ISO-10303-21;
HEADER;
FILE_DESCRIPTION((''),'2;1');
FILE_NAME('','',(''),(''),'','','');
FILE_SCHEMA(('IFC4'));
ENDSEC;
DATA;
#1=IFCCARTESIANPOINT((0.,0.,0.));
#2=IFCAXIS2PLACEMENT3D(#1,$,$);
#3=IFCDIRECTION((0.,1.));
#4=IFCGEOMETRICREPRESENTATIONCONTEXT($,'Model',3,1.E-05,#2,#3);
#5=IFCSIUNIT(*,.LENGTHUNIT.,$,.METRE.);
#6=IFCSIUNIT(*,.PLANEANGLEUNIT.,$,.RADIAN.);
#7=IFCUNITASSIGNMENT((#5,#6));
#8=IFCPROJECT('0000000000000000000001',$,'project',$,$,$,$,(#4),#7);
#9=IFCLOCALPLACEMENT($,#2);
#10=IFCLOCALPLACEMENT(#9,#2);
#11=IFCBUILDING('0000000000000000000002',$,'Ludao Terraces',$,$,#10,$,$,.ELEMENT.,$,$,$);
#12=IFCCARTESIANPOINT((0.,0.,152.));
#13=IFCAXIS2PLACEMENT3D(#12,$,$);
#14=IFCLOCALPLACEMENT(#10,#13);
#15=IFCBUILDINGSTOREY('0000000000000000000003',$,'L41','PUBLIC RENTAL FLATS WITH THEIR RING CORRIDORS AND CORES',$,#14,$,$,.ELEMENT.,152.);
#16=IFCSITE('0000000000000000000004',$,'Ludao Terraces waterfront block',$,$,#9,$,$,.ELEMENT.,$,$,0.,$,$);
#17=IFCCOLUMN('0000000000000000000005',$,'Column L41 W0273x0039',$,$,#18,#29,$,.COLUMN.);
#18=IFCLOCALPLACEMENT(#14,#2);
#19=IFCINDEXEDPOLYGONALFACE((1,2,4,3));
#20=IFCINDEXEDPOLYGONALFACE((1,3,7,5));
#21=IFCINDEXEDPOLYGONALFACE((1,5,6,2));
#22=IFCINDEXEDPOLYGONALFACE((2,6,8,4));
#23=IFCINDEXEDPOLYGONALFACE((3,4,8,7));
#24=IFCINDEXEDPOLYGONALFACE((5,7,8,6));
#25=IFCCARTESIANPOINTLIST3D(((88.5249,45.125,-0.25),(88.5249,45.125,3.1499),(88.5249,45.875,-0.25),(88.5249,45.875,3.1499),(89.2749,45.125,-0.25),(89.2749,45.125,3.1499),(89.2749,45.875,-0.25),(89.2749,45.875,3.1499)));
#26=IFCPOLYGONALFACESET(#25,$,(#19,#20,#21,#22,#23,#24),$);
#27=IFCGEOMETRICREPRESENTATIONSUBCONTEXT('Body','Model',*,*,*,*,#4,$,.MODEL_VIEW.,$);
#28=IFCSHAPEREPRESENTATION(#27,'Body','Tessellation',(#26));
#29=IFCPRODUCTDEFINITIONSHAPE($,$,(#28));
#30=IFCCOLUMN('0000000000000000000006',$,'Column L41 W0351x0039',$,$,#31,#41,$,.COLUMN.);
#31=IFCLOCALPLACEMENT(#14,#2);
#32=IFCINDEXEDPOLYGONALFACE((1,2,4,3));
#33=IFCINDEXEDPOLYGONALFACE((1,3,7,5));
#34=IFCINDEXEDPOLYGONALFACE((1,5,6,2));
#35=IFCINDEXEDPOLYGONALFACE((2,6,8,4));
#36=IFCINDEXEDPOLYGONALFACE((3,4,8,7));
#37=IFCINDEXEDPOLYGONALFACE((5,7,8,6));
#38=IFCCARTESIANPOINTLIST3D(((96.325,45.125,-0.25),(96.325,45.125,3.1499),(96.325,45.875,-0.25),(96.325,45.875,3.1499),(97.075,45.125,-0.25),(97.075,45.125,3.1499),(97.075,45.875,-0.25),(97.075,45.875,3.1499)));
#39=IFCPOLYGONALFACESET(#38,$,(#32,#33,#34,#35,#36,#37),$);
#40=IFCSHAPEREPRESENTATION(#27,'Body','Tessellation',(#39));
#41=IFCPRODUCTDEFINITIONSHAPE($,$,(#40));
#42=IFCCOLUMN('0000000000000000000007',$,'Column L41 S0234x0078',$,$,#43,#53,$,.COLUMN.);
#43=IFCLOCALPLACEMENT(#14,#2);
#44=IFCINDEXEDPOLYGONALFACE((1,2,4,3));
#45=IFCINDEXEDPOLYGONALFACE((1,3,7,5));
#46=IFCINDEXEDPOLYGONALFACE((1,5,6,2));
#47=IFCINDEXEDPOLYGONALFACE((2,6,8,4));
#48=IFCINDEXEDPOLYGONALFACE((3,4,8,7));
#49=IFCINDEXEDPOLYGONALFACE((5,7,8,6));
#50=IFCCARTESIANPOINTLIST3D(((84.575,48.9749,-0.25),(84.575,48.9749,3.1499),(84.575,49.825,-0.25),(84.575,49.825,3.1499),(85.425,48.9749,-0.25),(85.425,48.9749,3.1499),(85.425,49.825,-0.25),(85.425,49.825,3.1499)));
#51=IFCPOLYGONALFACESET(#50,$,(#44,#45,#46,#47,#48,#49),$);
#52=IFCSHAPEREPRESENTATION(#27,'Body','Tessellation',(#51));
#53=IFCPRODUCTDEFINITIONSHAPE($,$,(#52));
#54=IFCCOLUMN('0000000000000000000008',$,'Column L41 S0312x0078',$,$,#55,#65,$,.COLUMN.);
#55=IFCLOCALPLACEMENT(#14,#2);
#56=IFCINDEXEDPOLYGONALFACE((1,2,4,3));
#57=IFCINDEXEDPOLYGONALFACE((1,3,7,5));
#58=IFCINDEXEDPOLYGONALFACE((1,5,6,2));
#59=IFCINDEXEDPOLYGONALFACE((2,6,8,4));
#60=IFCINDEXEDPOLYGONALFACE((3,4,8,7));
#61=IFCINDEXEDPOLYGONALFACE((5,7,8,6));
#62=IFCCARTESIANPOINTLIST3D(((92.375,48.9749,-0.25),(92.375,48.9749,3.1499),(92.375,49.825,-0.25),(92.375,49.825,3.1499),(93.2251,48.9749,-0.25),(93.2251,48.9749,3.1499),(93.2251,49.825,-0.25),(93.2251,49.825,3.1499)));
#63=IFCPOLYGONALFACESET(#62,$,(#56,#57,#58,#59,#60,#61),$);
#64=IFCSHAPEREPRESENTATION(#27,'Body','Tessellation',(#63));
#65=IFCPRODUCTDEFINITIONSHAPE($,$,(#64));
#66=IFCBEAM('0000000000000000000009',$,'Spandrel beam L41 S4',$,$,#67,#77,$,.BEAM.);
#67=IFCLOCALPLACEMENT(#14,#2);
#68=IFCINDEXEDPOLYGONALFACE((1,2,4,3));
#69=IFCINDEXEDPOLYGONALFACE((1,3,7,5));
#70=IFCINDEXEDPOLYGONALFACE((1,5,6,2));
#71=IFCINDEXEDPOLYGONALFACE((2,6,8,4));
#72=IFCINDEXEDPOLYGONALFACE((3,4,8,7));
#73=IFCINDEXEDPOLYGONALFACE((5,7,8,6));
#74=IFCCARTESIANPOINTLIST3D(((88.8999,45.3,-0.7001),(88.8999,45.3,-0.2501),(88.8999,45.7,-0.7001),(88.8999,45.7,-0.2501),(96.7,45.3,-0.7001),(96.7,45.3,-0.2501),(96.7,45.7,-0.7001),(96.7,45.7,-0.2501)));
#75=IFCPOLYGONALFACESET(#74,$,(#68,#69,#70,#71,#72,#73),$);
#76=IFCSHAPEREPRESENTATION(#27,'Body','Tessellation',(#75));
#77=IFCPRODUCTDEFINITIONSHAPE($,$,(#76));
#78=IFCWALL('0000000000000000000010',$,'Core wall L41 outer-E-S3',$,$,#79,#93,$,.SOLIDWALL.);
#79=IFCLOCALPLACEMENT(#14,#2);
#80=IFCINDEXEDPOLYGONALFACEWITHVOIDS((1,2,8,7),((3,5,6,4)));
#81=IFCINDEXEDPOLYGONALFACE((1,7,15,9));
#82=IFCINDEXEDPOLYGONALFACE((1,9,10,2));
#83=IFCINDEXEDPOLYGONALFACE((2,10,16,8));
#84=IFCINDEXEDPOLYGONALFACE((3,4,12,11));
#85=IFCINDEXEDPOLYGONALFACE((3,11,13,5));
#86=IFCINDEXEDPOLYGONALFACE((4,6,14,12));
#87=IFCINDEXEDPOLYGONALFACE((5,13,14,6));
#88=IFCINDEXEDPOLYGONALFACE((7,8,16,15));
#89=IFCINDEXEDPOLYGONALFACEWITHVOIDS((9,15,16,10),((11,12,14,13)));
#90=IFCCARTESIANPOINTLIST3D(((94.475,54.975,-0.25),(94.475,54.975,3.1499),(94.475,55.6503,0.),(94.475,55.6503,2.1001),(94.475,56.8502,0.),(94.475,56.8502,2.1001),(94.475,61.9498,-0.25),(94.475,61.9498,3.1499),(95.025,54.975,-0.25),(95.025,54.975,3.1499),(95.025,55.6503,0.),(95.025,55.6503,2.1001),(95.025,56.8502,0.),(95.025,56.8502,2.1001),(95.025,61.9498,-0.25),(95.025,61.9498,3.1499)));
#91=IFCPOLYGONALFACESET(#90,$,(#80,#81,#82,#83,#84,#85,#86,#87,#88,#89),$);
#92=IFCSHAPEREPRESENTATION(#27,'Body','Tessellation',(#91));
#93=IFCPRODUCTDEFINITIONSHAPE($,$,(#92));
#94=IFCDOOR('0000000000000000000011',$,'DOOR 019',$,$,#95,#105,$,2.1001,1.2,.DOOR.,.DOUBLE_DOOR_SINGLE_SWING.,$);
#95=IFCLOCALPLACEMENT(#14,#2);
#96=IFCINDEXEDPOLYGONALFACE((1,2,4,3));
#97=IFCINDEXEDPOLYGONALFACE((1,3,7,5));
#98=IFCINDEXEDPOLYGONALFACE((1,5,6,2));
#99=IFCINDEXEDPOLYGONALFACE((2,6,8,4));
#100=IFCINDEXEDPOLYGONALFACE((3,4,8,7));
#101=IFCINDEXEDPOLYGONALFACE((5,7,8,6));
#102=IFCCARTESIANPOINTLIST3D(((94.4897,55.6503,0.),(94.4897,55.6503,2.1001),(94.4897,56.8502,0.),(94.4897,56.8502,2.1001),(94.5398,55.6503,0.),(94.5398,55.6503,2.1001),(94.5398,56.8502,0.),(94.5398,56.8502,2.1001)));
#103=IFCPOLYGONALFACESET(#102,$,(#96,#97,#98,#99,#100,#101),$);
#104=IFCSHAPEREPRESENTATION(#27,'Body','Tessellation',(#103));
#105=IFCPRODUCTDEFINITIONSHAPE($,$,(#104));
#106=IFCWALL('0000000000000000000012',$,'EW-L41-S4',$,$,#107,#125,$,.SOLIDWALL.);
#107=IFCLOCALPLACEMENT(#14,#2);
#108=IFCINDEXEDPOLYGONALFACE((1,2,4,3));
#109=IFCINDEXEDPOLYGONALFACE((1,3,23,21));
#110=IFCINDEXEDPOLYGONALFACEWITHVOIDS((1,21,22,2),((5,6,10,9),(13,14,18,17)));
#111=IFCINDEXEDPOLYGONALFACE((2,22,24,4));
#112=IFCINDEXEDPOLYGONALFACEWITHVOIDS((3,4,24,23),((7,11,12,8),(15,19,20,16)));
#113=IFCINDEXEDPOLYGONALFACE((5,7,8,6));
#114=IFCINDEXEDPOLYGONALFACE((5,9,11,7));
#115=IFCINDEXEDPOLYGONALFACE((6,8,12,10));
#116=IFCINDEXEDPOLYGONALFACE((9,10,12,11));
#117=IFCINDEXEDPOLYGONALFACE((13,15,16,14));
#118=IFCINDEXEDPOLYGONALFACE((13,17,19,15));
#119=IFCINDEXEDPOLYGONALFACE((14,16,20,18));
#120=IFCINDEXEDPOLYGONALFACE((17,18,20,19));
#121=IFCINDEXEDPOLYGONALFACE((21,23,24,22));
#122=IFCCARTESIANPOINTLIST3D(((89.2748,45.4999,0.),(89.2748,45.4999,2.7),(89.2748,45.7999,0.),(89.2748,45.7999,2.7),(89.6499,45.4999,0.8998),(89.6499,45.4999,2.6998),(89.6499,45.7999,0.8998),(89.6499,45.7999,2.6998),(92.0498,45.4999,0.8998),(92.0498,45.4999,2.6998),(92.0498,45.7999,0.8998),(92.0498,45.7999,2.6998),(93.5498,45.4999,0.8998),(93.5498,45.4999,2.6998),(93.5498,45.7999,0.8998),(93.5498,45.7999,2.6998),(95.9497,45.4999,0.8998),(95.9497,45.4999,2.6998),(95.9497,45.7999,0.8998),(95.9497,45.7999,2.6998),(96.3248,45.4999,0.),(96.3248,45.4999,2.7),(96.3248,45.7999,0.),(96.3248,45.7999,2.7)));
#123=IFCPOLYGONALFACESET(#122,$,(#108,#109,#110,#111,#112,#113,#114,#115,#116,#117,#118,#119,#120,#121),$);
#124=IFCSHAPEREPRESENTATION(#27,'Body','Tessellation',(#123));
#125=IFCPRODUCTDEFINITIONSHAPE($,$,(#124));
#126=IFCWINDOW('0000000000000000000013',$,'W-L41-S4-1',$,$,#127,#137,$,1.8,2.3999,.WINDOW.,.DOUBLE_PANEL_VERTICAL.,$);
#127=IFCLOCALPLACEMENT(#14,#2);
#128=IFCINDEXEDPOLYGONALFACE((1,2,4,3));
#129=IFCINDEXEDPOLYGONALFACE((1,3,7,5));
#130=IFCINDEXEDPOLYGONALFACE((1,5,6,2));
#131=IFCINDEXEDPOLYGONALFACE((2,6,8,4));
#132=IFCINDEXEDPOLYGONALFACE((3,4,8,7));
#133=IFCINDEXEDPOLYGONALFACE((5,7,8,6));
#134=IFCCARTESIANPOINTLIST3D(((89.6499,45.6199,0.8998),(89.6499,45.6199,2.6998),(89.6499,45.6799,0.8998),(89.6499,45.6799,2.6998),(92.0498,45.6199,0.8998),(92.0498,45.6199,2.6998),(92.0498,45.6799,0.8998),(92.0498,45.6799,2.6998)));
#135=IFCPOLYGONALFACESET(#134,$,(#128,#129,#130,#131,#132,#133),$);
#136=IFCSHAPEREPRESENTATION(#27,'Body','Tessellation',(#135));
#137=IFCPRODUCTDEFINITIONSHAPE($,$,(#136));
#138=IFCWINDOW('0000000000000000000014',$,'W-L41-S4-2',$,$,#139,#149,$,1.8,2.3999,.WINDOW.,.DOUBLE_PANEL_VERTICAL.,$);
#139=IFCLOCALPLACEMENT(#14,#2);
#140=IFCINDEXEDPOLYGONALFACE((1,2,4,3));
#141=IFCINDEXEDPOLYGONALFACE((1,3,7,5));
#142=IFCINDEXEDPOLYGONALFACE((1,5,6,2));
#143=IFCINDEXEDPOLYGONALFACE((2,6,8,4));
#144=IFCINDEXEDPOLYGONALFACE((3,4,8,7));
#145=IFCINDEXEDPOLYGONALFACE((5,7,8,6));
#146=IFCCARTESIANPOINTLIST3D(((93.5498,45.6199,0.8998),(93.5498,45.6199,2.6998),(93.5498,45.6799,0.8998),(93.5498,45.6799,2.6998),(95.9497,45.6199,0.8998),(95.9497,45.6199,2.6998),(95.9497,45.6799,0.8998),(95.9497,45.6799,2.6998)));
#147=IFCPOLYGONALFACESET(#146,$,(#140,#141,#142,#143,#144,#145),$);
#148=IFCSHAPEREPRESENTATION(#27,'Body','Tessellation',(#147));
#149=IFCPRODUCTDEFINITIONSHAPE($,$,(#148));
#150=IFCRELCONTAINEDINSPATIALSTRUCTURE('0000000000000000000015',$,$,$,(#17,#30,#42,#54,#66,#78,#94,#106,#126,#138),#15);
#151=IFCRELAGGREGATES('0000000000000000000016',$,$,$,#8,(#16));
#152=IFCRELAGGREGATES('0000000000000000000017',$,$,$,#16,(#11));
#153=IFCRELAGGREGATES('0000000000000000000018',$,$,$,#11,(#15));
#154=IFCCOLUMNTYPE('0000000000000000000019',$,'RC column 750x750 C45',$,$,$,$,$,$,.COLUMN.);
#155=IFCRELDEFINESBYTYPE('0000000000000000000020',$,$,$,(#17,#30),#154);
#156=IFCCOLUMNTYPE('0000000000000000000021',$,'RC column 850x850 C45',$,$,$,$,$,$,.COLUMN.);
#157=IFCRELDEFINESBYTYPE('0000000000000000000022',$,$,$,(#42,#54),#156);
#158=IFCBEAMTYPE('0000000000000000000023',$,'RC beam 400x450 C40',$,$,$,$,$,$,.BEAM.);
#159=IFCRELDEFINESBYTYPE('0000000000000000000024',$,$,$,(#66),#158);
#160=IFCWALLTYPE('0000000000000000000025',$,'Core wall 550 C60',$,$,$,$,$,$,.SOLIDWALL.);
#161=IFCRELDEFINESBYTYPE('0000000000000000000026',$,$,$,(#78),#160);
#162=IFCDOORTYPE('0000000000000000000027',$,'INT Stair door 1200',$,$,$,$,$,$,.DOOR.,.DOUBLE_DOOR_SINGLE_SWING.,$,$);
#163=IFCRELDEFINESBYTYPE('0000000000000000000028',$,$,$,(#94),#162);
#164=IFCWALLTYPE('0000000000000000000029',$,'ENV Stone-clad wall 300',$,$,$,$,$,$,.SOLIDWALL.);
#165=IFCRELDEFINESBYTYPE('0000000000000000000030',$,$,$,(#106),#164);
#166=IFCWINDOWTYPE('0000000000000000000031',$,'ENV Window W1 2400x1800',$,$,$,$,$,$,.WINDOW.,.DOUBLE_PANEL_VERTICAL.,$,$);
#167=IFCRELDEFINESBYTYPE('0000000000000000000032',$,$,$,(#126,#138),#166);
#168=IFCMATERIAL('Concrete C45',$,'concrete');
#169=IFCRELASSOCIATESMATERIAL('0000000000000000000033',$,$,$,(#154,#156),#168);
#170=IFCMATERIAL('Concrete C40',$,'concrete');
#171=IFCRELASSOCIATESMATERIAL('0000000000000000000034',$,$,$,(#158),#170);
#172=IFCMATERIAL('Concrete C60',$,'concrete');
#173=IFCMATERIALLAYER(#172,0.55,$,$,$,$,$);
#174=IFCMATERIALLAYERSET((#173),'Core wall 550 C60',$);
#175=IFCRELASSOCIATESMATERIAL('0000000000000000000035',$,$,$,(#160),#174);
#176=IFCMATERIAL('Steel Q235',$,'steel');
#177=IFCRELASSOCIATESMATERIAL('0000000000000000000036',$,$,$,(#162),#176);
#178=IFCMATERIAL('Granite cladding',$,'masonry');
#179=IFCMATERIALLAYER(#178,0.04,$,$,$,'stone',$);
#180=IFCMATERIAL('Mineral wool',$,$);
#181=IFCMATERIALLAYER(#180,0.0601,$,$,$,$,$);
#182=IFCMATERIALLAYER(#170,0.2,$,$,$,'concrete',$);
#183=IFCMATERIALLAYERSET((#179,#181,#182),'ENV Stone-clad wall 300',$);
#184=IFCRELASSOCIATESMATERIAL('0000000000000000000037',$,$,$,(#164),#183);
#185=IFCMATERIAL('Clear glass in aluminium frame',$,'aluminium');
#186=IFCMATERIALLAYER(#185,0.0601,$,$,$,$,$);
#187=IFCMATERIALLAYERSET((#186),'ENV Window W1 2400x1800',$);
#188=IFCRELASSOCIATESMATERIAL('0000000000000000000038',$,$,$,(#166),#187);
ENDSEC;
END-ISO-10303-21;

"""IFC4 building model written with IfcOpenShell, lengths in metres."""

from ifc_helpers import new_model, si_unit, direction, frame, frame_2d, origin, origin_2d, place, context, subcontext, project, spatial, rectangle, extrude, material, layer, layer_set, material_profile, profile_set, type_object, element, fill, save


model = new_model("IFC4")

# Units and contexts
model_context = context("Model", 3, precision=1e-05, world=origin(), true_north=direction((0.0, 1.0)))
body_context = subcontext(model_context, "Body", "Model", "MODEL_VIEW")
ifc_project = project(units=[si_unit("LENGTHUNIT", "METRE"), si_unit("PLANEANGLEUNIT", "RADIAN")], contexts=[model_context])

# Site, building, storey
site_placement = place(None, origin())
site = spatial("IfcSite", under=ifc_project, at=site_placement, Name="Ludao Terraces waterfront block", CompositionType="ELEMENT", RefElevation=0.0)
building_placement = place(site_placement, origin())
building = spatial("IfcBuilding", under=site, at=building_placement, Name="Ludao Terraces", CompositionType="ELEMENT")
storey_placement = place(building_placement, frame((0.0, 0.0, 152.0)))
storey = spatial("IfcBuildingStorey", under=building, at=storey_placement, Name="L41", Description="PUBLIC RENTAL FLATS WITH THEIR RING CORRIDORS AND CORES", CompositionType="ELEMENT", Elevation=152.0)

# Columns
ifc_material_1 = material(Name="Concrete C45", Category="concrete")
ifc_material_profile_1 = material_profile(ifc_material_1, rectangle(XDim=0.75, YDim=0.75, at=origin_2d()), Name="750 X 750")
ifc_profile_set_1 = profile_set([ifc_material_profile_1], Name="Concrete C45")
column_type_1 = type_object("IfcColumnType", Name="RC column 750x750 C45", PredefinedType="COLUMN", material=ifc_profile_set_1)
for number, where, z_axis, x_axis, name in (
    (1, (88.8999, 45.5, -0.25), (0.0, 0.0, 1.0), (1.0, 0.0, 0.0), "Column L41 W0273x0039"),
    (2, (96.7, 45.5, -0.25), (0.0, 0.0, 1.0), (1.0, 0.0, 0.0), "Column L41 W0351x0039"),
):
    element("IfcColumn", number, at=place(storey_placement, frame(where, z_axis=z_axis, x_axis=x_axis)), inside=storey, type_object=column_type_1, Name=name, PredefinedType="COLUMN", context=body_context, shape_type="SweptSolid", body=[
        extrude(rectangle(XDim=0.75, YDim=0.75, at=origin_2d()), origin(), (0.0, 0.0, 1.0), 3.3999),
    ])
ifc_material_profile_2 = material_profile(ifc_material_1, rectangle(XDim=0.8501, YDim=0.8501, at=origin_2d()), Name="850 X 850")
ifc_profile_set_2 = profile_set([ifc_material_profile_2], Name="Concrete C45")
column_type_2 = type_object("IfcColumnType", Name="RC column 850x850 C45", PredefinedType="COLUMN", material=ifc_profile_set_2)
for number, where, z_axis, x_axis, name in (
    (3, (85.0, 49.3999, -0.25), (0.0, 0.0, 1.0), (1.0, 0.0, 0.0), "Column L41 S0234x0078"),
    (4, (92.8, 49.3999, -0.25), (0.0, 0.0, 1.0), (1.0, 0.0, 0.0), "Column L41 S0312x0078"),
):
    element("IfcColumn", number, at=place(storey_placement, frame(where, z_axis=z_axis, x_axis=x_axis)), inside=storey, type_object=column_type_2, Name=name, PredefinedType="COLUMN", context=body_context, shape_type="SweptSolid", body=[
        extrude(rectangle(XDim=0.8501, YDim=0.8501, at=origin_2d()), origin(), (0.0, 0.0, 1.0), 3.3999),
    ])

# Beam
ifc_material_2 = material(Name="Concrete C40", Category="concrete")
ifc_material_profile_3 = material_profile(ifc_material_2, rectangle(XDim=0.3999, YDim=0.45, at=origin_2d()), Name="400 X 450")
ifc_profile_set_3 = profile_set([ifc_material_profile_3], Name="Concrete C40")
beam_type = type_object("IfcBeamType", Name="RC beam 400x450 C40", PredefinedType="BEAM", material=ifc_profile_set_3)
beam_placement = place(storey_placement, frame((88.8999, 45.5, -0.4751), z_axis=(1.0, 0.0, 0.0), x_axis=(0.0, 1.0, 0.0)))
element("IfcBeam", 5, at=beam_placement, inside=storey, type_object=beam_type, Name="Spandrel beam L41 S4", PredefinedType="BEAM", context=body_context, shape_type="SweptSolid", body=[
    extrude(rectangle(XDim=0.3999, YDim=0.45, at=origin_2d()), origin(), (0.0, 0.0, 1.0), 7.8),
])

# Wall, opening, door
ifc_material_3 = material(Name="Concrete C60", Category="concrete")
ifc_layer_1 = layer(ifc_material_3, 0.55)
ifc_layer_set_1 = layer_set([ifc_layer_1], Name="Core wall 550 C60")
wall_type_1 = type_object("IfcWallType", Name="Core wall 550 C60", PredefinedType="SOLIDWALL", material=ifc_layer_set_1)
wall_1_placement = place(storey_placement, frame((94.75, 54.9751, -0.25), z_axis=(0.0, 0.0, 1.0), x_axis=(0.0, 1.0, 0.0)))
wall_1 = element("IfcWall", 6, at=wall_1_placement, inside=storey, type_object=wall_type_1, Name="Core wall L41 outer-E-S3", PredefinedType="SOLIDWALL", context=body_context, shape_type="SweptSolid", body=[
    extrude(rectangle(XDim=6.9749, YDim=0.55, at=frame_2d((3.4873, 0.0))), origin(), (0.0, 0.0, 1.0), 3.3999),
])
opening_1_placement = place(wall_1_placement, frame((0.675, 0.0, 0.25)))
opening_1 = element("IfcOpeningElement", 7, at=opening_1_placement, cuts=wall_1, PredefinedType="OPENING", context=body_context, shape_type="SweptSolid", body=[
    extrude(rectangle(XDim=1.2, YDim=2.1001, at=frame_2d((0.6001, 1.05))), frame((0.0, 0.2852, 0.0), z_axis=(0.0, -1.0, 0.0), x_axis=(1.0, 0.0, 0.0)), (0.0, 0.0, 1.0), 0.5701),
])
ifc_material_4 = material(Name="Steel Q235", Category="steel")
door_type_1 = type_object("IfcDoorType", Name="INT Stair door 1200", OperationType="DOUBLE_DOOR_SINGLE_SWING", PredefinedType="DOOR", material=ifc_material_4)
door_1_placement = place(opening_1_placement, origin())
door_1 = element("IfcDoor", 8, at=door_1_placement, inside=storey, type_object=door_type_1, Name="DOOR 019", OperationType="DOUBLE_DOOR_SINGLE_SWING", OverallHeight=2.1001, OverallWidth=1.2, PredefinedType="DOOR", context=body_context, shape_type="SweptSolid", body=[
    extrude(rectangle(XDim=1.2, YDim=2.1001, at=frame_2d((0.6001, 1.05))), frame((0.0, 0.2603, 0.0), z_axis=(0.0, -1.0, 0.0), x_axis=(1.0, 0.0, 0.0)), (0.0, 0.0, 1.0), 0.05),
])
fill(opening_1, door_1)

# Wall, openings, windows
ifc_material_5 = material(Name="Granite cladding", Category="masonry")
ifc_layer_2 = layer(ifc_material_5, 0.04, Category="stone")
ifc_material_6 = material(Name="Mineral wool")
ifc_layer_3 = layer(ifc_material_6, 0.0601)
ifc_layer_4 = layer(ifc_material_2, 0.2, Category="concrete")
ifc_layer_set_2 = layer_set([ifc_layer_2, ifc_layer_3, ifc_layer_4], Name="ENV Stone-clad wall 300")
wall_type_2 = type_object("IfcWallType", Name="ENV Stone-clad wall 300", PredefinedType="SOLIDWALL", material=ifc_layer_set_2)
wall_2_placement = place(storey_placement, frame((89.2749, 45.6499, 0.0), z_axis=(0.0, 0.0, 1.0), x_axis=(1.0, 0.0, 0.0)))
wall_2 = element("IfcWall", 9, at=wall_2_placement, inside=storey, type_object=wall_type_2, Name="EW-L41-S4", PredefinedType="SOLIDWALL", context=body_context, shape_type="SweptSolid", body=[
    extrude(rectangle(XDim=7.05, YDim=0.3, at=frame_2d((3.5249, 0.0))), origin(), (0.0, 0.0, 1.0), 2.7),
])
opening_2_placement = place(wall_2_placement, frame((0.375, 0.0, 0.8999)))
opening_2 = element("IfcOpeningElement", 10, at=opening_2_placement, cuts=wall_2, PredefinedType="OPENING", context=body_context, shape_type="SweptSolid", body=[
    extrude(rectangle(XDim=2.3999, YDim=1.8, at=frame_2d((1.2, 0.8999))), frame((0.0, 0.1602, 0.0), z_axis=(0.0, -1.0, 0.0), x_axis=(1.0, 0.0, 0.0)), (0.0, 0.0, 1.0), 0.3201),
])
opening_3_placement = place(wall_2_placement, frame((4.2749, 0.0, 0.8999)))
opening_3 = element("IfcOpeningElement", 11, at=opening_3_placement, cuts=wall_2, PredefinedType="OPENING", context=body_context, shape_type="SweptSolid", body=[
    extrude(rectangle(XDim=2.3999, YDim=1.8, at=frame_2d((1.2, 0.8999))), frame((0.0, 0.1602, 0.0), z_axis=(0.0, -1.0, 0.0), x_axis=(1.0, 0.0, 0.0)), (0.0, 0.0, 1.0), 0.3201),
])
ifc_material_7 = material(Name="Clear glass in aluminium frame", Category="aluminium")
ifc_layer_5 = layer(ifc_material_7, 0.0601)
ifc_layer_set_3 = layer_set([ifc_layer_5], Name="ENV Window W1 2400x1800")
window_type = type_object("IfcWindowType", Name="ENV Window W1 2400x1800", PartitioningType="DOUBLE_PANEL_VERTICAL", PredefinedType="WINDOW", material=ifc_layer_set_3)
window_1_placement = place(opening_2_placement, origin())
window_1 = element("IfcWindow", 12, at=window_1_placement, inside=storey, type_object=window_type, Name="W-L41-S4-1", OverallHeight=1.8, OverallWidth=2.3999, PartitioningType="DOUBLE_PANEL_VERTICAL", PredefinedType="WINDOW", context=body_context, shape_type="SweptSolid", body=[
    extrude(rectangle(XDim=2.3999, YDim=1.8, at=frame_2d((1.2, 0.8999))), frame((0.0, 0.03, 0.0), z_axis=(0.0, -1.0, 0.0), x_axis=(1.0, 0.0, 0.0)), (0.0, 0.0, 1.0), 0.0601),
])
fill(opening_2, window_1)
window_2_placement = place(opening_3_placement, origin())
window_2 = element("IfcWindow", 13, at=window_2_placement, inside=storey, type_object=window_type, Name="W-L41-S4-2", OverallHeight=1.8, OverallWidth=2.3999, PartitioningType="DOUBLE_PANEL_VERTICAL", PredefinedType="WINDOW", context=body_context, shape_type="SweptSolid", body=[
    extrude(rectangle(XDim=2.3999, YDim=1.8, at=frame_2d((1.2, 0.8999))), frame((0.0, 0.03, 0.0), z_axis=(0.0, -1.0, 0.0), x_axis=(1.0, 0.0, 0.0)), (0.0, 0.0, 1.0), 0.0601),
])
fill(opening_3, window_2)

save(model, "model.ifc")
